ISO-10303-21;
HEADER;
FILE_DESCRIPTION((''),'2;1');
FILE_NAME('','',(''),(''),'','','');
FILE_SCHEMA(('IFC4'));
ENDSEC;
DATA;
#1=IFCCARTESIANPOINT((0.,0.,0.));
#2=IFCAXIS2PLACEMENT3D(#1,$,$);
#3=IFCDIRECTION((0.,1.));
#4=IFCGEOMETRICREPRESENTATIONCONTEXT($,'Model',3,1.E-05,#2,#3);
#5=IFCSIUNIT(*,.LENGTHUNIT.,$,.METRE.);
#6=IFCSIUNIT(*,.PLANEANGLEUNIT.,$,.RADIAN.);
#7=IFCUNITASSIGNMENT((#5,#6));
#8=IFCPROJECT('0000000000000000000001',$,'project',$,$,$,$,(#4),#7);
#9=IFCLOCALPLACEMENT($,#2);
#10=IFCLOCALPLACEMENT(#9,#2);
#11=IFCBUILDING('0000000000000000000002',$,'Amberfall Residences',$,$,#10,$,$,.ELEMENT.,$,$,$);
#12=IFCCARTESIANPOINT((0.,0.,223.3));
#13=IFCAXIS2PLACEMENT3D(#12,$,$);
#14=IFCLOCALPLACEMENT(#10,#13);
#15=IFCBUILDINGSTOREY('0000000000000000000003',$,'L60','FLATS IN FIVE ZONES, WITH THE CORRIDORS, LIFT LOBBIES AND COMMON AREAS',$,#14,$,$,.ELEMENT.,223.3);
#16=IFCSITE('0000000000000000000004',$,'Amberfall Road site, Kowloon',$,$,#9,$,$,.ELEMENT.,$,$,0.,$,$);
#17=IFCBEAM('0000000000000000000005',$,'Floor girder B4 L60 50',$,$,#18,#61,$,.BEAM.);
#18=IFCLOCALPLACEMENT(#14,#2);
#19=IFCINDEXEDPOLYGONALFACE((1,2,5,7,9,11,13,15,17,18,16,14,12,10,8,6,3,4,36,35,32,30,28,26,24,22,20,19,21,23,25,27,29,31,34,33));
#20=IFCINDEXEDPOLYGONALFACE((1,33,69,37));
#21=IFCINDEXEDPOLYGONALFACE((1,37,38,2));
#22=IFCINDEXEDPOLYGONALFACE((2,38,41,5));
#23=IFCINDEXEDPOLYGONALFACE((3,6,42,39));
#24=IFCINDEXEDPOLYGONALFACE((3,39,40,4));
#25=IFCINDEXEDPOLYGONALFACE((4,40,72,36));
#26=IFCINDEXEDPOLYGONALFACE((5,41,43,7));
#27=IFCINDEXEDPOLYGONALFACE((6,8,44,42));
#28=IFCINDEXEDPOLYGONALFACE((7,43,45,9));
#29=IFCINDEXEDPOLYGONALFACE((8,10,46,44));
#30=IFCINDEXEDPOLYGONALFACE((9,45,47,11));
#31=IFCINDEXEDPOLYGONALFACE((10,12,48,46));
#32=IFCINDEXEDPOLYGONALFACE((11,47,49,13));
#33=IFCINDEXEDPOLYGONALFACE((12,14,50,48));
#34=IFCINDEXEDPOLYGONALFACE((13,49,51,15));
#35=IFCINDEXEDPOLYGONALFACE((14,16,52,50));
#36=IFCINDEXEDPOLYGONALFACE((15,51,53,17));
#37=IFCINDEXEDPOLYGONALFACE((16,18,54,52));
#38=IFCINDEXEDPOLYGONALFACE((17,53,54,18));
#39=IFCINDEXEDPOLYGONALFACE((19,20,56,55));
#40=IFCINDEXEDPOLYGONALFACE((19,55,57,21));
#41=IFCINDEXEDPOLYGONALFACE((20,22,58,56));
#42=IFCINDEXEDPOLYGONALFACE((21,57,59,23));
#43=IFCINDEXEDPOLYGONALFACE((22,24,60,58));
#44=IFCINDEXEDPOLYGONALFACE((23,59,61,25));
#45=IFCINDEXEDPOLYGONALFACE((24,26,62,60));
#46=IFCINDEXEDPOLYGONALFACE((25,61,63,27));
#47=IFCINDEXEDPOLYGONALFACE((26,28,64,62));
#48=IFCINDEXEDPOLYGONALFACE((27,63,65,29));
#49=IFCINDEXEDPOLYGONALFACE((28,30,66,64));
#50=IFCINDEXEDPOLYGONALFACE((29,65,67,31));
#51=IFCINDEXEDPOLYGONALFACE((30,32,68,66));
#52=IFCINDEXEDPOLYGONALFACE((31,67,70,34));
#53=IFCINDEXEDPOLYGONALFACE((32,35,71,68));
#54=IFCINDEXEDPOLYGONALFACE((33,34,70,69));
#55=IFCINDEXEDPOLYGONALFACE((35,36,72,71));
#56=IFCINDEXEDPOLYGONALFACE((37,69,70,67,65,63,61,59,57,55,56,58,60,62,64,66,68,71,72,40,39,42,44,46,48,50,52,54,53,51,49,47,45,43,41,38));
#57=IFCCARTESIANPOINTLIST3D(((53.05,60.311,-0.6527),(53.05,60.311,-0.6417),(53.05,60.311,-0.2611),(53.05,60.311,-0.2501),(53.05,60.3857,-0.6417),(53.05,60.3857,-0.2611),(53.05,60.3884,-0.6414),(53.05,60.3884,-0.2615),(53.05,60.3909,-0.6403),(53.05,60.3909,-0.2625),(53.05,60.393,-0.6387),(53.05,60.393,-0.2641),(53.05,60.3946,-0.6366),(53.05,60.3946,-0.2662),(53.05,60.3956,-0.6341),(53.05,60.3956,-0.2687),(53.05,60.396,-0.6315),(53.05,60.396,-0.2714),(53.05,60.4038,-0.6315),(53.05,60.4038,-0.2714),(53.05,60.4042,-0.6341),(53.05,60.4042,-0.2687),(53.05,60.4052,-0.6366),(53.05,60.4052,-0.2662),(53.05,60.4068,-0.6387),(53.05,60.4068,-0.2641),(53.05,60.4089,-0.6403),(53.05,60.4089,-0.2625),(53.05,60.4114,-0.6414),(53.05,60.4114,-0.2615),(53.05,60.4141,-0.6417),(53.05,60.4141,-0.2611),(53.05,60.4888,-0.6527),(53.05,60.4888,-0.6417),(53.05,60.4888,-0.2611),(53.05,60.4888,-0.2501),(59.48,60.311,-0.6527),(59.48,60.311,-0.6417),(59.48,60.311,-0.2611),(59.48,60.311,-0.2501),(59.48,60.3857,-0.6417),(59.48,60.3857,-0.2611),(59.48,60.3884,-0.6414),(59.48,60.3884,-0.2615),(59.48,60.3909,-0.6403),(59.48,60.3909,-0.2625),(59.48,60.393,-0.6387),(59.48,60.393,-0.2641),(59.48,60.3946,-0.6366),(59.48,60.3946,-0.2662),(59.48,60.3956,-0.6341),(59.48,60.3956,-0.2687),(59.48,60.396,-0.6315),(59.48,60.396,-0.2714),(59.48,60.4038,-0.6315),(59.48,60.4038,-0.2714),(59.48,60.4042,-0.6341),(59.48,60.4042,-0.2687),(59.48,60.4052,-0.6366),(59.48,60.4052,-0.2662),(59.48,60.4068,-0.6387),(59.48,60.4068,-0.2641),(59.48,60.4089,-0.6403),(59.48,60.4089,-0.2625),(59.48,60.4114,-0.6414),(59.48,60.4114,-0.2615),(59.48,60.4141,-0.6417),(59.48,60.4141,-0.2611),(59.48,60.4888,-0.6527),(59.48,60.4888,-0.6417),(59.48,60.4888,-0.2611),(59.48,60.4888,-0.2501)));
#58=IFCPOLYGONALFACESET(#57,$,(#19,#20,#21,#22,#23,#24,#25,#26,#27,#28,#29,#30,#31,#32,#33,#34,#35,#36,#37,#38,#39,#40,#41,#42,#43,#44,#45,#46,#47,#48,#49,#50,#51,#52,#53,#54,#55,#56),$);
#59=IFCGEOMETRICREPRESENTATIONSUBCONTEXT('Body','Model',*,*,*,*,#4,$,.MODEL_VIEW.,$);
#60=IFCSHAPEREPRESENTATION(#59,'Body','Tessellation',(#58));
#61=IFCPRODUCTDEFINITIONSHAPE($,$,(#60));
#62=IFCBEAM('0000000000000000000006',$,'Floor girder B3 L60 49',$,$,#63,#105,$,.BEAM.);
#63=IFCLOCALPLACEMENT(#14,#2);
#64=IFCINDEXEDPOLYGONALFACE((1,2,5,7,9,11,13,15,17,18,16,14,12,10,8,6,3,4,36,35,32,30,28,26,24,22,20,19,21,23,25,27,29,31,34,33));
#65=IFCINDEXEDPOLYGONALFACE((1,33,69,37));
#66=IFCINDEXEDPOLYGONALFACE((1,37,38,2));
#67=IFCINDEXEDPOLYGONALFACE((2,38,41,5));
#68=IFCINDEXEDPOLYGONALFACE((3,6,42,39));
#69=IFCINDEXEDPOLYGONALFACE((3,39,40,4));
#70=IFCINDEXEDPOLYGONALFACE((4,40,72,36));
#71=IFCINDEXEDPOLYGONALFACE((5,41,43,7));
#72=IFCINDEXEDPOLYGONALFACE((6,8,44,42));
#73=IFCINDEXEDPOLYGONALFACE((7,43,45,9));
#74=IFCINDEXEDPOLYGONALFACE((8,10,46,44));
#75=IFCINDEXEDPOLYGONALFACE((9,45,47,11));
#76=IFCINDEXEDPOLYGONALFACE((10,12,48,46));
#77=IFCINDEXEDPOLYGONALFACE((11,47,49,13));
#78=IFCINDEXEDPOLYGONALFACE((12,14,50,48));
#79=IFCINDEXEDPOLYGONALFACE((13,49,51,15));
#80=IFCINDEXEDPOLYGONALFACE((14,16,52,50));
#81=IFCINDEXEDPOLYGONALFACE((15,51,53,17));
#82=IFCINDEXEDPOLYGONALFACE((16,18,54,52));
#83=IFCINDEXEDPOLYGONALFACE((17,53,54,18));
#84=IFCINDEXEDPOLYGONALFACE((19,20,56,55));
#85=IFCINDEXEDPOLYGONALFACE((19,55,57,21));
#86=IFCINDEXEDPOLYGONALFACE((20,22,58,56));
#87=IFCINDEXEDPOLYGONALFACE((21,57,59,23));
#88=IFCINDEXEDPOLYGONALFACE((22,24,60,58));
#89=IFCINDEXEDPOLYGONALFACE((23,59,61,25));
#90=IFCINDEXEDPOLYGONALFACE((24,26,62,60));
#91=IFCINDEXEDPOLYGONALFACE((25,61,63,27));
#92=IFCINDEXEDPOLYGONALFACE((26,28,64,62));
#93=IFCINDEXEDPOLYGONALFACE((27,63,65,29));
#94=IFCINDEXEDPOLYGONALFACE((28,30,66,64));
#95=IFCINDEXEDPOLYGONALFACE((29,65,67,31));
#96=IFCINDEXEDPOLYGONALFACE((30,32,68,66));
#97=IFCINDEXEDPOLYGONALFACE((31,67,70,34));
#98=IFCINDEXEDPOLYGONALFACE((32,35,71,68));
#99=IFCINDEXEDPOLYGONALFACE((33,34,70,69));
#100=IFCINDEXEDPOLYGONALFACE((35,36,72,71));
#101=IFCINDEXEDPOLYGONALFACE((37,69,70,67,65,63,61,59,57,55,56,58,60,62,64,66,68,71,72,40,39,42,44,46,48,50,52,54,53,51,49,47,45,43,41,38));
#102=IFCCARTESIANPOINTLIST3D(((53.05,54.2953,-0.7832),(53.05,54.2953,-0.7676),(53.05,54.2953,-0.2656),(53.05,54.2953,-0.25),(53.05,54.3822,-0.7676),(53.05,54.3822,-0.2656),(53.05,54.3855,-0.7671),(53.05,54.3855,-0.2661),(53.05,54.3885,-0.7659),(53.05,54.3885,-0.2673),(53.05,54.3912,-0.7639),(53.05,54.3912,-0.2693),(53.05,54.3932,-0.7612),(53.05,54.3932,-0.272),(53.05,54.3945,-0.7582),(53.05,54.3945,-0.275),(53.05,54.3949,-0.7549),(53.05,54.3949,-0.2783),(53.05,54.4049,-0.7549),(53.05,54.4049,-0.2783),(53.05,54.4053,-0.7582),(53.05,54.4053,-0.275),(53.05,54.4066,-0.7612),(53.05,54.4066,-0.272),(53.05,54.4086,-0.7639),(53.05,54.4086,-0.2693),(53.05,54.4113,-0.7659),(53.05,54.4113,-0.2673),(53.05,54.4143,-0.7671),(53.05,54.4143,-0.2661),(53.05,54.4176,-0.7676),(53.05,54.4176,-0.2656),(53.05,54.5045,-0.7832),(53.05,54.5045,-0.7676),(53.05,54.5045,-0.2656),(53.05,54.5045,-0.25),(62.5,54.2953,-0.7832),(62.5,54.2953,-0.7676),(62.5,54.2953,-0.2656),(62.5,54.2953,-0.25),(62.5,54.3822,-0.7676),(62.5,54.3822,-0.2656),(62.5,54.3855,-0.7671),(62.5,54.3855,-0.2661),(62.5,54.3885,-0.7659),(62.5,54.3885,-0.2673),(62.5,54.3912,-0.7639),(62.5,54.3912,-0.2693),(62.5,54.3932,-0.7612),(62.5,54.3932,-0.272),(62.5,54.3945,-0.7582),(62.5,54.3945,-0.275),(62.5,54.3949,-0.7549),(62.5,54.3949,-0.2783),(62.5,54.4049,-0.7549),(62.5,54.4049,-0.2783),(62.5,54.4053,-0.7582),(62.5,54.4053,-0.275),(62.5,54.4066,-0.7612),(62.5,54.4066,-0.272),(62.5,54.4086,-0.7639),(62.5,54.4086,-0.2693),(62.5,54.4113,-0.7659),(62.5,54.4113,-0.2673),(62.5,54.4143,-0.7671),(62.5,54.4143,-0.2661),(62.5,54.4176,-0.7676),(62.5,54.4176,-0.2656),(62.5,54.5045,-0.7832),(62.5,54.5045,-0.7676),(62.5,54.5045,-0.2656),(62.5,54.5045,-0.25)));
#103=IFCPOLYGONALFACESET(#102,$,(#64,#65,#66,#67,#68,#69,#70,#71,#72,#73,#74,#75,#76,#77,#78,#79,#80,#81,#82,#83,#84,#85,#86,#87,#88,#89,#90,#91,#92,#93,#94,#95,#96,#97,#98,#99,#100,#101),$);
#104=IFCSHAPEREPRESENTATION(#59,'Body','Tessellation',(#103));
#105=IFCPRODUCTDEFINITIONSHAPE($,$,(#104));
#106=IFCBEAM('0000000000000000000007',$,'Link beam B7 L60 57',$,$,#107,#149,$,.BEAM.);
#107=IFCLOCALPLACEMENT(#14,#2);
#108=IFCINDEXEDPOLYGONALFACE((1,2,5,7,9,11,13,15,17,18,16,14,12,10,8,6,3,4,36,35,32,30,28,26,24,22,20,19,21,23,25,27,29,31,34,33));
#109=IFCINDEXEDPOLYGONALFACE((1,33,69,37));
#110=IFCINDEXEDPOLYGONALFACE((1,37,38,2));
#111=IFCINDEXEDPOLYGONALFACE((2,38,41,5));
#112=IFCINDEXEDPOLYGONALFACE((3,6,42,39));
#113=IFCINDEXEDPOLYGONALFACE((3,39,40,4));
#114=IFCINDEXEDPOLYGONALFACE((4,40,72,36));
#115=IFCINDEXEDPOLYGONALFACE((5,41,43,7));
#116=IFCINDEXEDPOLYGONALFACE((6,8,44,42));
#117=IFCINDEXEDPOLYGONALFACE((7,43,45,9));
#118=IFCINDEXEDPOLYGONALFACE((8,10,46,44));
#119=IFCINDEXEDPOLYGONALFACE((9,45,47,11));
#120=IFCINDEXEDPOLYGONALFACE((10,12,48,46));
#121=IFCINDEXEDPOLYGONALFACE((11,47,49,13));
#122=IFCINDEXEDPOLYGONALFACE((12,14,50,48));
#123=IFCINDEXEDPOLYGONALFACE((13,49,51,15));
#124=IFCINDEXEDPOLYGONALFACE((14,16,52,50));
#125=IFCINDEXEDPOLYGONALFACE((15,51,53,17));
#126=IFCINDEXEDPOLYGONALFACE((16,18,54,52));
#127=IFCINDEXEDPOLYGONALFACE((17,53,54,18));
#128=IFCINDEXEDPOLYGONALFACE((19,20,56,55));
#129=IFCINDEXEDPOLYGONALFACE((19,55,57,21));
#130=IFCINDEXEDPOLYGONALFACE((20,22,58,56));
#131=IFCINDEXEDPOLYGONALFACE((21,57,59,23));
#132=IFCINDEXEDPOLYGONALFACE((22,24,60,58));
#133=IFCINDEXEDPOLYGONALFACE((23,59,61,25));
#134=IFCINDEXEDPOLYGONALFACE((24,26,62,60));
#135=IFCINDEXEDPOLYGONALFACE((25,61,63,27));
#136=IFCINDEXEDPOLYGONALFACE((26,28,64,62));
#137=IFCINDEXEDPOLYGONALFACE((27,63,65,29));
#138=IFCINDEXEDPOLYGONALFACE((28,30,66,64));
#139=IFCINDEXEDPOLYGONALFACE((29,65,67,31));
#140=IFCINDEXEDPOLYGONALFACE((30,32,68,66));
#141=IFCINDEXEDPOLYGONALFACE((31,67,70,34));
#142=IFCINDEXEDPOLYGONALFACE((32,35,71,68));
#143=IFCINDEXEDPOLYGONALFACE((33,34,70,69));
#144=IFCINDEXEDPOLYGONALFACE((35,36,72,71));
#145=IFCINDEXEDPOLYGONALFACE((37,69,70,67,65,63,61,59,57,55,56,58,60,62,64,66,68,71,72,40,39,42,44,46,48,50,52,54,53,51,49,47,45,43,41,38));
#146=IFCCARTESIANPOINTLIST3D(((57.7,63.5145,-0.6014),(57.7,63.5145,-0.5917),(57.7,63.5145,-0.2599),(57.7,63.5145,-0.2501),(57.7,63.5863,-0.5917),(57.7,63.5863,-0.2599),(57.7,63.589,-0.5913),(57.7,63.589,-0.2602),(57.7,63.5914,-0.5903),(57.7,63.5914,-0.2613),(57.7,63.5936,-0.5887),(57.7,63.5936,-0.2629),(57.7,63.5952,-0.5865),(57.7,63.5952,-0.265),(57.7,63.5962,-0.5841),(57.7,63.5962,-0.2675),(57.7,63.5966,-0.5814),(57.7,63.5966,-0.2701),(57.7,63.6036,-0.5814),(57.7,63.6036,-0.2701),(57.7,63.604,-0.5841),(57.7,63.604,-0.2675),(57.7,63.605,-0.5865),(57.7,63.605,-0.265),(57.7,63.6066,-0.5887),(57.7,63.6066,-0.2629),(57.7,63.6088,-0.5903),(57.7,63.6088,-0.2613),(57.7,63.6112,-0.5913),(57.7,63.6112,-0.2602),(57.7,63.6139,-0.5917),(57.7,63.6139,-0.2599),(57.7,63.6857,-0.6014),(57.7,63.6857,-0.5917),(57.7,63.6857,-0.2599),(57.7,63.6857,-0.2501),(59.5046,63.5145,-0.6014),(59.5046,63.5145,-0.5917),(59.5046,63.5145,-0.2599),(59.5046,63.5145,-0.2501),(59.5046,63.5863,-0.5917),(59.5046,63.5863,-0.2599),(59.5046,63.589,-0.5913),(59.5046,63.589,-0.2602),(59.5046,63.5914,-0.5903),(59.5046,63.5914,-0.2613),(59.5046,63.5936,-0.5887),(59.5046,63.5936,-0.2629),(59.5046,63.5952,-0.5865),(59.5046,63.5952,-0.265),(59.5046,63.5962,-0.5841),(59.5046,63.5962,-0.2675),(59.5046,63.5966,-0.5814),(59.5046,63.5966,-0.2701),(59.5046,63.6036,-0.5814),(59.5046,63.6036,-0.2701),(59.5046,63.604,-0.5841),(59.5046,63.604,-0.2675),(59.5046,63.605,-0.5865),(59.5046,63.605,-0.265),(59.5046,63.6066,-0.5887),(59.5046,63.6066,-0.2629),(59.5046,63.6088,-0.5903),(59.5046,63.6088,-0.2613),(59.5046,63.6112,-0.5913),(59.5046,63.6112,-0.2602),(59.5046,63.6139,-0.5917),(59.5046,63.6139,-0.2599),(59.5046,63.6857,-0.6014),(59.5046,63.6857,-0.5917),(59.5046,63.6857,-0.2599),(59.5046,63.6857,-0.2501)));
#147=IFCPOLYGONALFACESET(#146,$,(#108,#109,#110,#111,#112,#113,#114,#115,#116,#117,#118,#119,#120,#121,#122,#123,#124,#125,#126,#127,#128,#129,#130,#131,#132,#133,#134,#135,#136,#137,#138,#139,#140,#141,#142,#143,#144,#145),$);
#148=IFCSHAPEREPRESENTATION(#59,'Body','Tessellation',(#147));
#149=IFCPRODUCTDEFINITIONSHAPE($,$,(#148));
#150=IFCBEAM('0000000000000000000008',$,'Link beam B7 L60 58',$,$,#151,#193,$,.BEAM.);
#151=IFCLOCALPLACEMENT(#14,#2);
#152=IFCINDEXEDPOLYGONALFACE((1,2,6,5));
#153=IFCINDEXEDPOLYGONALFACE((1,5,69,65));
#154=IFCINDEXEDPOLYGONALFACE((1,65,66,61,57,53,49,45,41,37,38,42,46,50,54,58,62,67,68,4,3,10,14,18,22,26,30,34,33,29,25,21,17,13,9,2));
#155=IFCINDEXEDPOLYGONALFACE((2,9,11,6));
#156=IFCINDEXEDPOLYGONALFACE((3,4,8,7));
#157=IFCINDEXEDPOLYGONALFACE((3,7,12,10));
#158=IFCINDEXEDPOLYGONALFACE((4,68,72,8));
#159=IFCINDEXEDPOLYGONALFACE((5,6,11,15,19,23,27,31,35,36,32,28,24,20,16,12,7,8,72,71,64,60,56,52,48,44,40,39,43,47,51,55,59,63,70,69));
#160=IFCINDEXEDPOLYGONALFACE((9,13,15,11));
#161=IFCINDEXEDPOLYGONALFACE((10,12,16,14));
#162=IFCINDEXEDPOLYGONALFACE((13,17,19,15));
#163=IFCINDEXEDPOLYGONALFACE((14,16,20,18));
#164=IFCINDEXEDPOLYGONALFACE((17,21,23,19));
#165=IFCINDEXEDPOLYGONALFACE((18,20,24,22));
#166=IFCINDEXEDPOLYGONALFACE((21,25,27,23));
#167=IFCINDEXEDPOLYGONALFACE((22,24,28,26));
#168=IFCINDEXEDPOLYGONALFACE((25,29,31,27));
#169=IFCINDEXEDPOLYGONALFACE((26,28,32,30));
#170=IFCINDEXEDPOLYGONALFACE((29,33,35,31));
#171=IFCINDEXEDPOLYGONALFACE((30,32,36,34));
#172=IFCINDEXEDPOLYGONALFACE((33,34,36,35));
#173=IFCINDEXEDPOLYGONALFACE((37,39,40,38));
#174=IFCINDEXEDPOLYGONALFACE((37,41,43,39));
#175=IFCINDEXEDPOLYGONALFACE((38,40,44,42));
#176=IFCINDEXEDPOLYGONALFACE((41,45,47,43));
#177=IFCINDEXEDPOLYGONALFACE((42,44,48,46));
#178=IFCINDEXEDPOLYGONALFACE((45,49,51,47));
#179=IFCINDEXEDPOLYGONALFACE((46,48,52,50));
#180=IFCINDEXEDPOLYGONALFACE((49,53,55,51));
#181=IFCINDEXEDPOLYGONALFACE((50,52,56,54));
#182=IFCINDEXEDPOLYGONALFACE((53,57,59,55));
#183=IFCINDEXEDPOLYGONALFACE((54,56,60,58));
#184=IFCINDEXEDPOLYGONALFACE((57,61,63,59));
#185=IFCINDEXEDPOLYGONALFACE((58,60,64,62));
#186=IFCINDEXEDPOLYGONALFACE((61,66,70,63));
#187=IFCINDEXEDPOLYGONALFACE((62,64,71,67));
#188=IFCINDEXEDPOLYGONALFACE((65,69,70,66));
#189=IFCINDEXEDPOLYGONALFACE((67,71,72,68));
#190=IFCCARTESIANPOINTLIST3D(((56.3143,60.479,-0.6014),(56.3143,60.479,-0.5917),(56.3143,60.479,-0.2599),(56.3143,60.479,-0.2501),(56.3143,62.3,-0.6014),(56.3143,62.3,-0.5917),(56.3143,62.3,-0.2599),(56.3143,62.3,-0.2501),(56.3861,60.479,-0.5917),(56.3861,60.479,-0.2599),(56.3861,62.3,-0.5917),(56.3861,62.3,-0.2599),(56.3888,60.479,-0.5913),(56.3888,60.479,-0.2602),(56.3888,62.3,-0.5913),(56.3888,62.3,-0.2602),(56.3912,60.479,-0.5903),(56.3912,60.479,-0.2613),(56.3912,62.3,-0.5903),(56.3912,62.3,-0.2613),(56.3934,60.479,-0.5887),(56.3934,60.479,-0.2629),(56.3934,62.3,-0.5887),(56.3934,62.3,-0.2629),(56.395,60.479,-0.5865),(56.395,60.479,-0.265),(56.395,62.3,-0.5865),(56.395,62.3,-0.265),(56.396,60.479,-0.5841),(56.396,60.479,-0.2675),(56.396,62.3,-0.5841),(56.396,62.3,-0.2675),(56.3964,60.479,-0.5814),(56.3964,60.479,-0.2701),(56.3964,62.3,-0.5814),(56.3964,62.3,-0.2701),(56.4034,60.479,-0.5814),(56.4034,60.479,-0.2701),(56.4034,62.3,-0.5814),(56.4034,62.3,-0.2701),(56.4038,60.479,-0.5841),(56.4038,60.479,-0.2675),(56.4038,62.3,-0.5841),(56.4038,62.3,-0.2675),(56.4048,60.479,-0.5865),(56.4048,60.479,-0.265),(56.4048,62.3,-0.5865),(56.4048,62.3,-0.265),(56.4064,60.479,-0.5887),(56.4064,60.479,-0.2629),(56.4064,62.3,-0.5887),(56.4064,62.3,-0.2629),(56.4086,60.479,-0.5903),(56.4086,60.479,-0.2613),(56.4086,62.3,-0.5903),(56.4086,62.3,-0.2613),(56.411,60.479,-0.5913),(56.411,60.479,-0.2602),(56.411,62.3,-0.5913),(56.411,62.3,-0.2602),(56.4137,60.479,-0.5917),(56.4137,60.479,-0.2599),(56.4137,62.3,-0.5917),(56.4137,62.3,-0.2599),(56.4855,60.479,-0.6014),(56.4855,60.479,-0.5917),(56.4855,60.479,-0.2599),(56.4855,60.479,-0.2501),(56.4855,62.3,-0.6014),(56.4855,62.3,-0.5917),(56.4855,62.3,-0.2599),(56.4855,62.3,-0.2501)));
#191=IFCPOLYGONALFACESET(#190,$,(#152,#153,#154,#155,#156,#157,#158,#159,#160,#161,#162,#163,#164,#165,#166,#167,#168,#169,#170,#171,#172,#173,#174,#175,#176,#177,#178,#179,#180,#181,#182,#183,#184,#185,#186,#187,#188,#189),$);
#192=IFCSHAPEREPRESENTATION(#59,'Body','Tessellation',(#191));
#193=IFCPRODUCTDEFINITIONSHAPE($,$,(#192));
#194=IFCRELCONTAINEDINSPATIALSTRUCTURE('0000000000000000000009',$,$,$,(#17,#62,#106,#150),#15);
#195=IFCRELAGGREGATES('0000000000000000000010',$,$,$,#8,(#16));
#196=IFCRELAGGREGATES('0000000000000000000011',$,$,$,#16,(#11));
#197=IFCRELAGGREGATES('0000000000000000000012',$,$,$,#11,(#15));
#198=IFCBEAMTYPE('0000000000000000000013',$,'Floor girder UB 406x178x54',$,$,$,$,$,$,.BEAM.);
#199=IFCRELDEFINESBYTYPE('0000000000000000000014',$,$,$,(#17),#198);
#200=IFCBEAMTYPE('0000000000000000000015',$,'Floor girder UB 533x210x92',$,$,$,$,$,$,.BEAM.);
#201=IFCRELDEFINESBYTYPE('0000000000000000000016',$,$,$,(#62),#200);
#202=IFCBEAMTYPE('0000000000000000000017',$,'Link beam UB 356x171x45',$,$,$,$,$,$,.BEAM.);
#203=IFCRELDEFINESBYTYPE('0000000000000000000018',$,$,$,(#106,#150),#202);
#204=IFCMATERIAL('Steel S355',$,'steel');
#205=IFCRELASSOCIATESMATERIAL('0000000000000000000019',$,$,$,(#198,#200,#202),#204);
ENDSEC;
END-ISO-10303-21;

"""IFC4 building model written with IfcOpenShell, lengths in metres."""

from ifc_helpers import new_model, si_unit, direction, frame, origin, origin_2d, place, context, subcontext, project, spatial, i_section, extrude, material, material_profile, profile_set, type_object, element, save


model = new_model("IFC4")

# Units and contexts
model_context = context("Model", 3, precision=1e-05, world=origin(), true_north=direction((0.0, 1.0)))
body_context = subcontext(model_context, "Body", "Model", "MODEL_VIEW")
ifc_project = project(units=[si_unit("LENGTHUNIT", "METRE"), si_unit("PLANEANGLEUNIT", "RADIAN")], contexts=[model_context])

# Site, building, storey
site_placement = place(None, origin())
site = spatial("IfcSite", under=ifc_project, at=site_placement, Name="Amberfall Road site, Kowloon", CompositionType="ELEMENT", RefElevation=0.0)
building_placement = place(site_placement, origin())
building = spatial("IfcBuilding", under=site, at=building_placement, Name="Amberfall Residences", CompositionType="ELEMENT")
storey_placement = place(building_placement, frame((0.0, 0.0, 223.3)))
storey = spatial("IfcBuildingStorey", under=building, at=storey_placement, Name="L60", Description="FLATS IN FIVE ZONES, WITH THE CORRIDORS, LIFT LOBBIES AND COMMON AREAS", CompositionType="ELEMENT", Elevation=223.3)

# Shared definitions
ifc_material_1 = material(Name="Steel S355", Category="steel")

# Beams
ifc_material_profile_1 = material_profile(ifc_material_1, i_section(OverallWidth=0.1777, OverallDepth=0.4026, WebThickness=0.0078, FlangeThickness=0.011, FilletRadius=0.0103, at=origin_2d()), Name="UB 406x178x54")
ifc_profile_set_1 = profile_set([ifc_material_profile_1], Name="Steel S355")
beam_type_1 = type_object("IfcBeamType", Name="Floor girder UB 406x178x54", PredefinedType="BEAM", material=ifc_profile_set_1)
beam_1_placement = place(storey_placement, frame((53.05, 60.3999, -0.4514), z_axis=(1.0, 0.0, 0.0), x_axis=(0.0, 1.0, 0.0)))
element("IfcBeam", 1, at=beam_1_placement, inside=storey, type_object=beam_type_1, Name="Floor girder B4 L60 50", PredefinedType="BEAM", context=body_context, shape_type="SweptSolid", body=[
    extrude(i_section(OverallWidth=0.1777, OverallDepth=0.4026, WebThickness=0.0078, FlangeThickness=0.011, FilletRadius=0.0103, at=origin_2d()), origin(), (0.0, 0.0, 1.0), 6.4299),
])
ifc_material_profile_2 = material_profile(ifc_material_1, i_section(OverallWidth=0.2092, OverallDepth=0.5332, WebThickness=0.01, FlangeThickness=0.0156, FilletRadius=0.0127, at=origin_2d()), Name="UB 533x210x92")
ifc_profile_set_2 = profile_set([ifc_material_profile_2], Name="Steel S355")
beam_type_2 = type_object("IfcBeamType", Name="Floor girder UB 533x210x92", PredefinedType="BEAM", material=ifc_profile_set_2)
beam_2_placement = place(storey_placement, frame((53.05, 54.3999, -0.5166), z_axis=(1.0, 0.0, 0.0), x_axis=(0.0, 1.0, 0.0)))
element("IfcBeam", 2, at=beam_2_placement, inside=storey, type_object=beam_type_2, Name="Floor girder B3 L60 49", PredefinedType="BEAM", context=body_context, shape_type="SweptSolid", body=[
    extrude(i_section(OverallWidth=0.2092, OverallDepth=0.5332, WebThickness=0.01, FlangeThickness=0.0156, FilletRadius=0.0127, at=origin_2d()), origin(), (0.0, 0.0, 1.0), 9.45),
])
ifc_material_profile_3 = material_profile(ifc_material_1, i_section(OverallWidth=0.1711, OverallDepth=0.3513, WebThickness=0.0071, FlangeThickness=0.0098, FilletRadius=0.0103, at=origin_2d()), Name="UB 356x171x45")
ifc_profile_set_3 = profile_set([ifc_material_profile_3], Name="Steel S355")
beam_type_3 = type_object("IfcBeamType", Name="Link beam UB 356x171x45", PredefinedType="BEAM", material=ifc_profile_set_3)
beam_3_placement = place(storey_placement, frame((57.7, 63.6001, -0.4258), z_axis=(1.0, 0.0, 0.0), x_axis=(0.0, 1.0, 0.0)))
element("IfcBeam", 3, at=beam_3_placement, inside=storey, type_object=beam_type_3, Name="Link beam B7 L60 57", PredefinedType="BEAM", context=body_context, shape_type="SweptSolid", body=[
    extrude(i_section(OverallWidth=0.1711, OverallDepth=0.3513, WebThickness=0.0071, FlangeThickness=0.0098, FilletRadius=0.0103, at=origin_2d()), origin(), (0.0, 0.0, 1.0), 1.8047),
])
beam_4_placement = place(storey_placement, frame((56.3999, 62.3, -0.4258), z_axis=(0.0, -1.0, 0.0), x_axis=(1.0, 0.0, 0.0)))
element("IfcBeam", 4, at=beam_4_placement, inside=storey, type_object=beam_type_3, Name="Link beam B7 L60 58", PredefinedType="BEAM", context=body_context, shape_type="SweptSolid", body=[
    extrude(i_section(OverallWidth=0.1711, OverallDepth=0.3513, WebThickness=0.0071, FlangeThickness=0.0098, FilletRadius=0.0103, at=origin_2d()), origin(), (0.0, 0.0, 1.0), 1.821),
])

save(model, "model.ifc")
